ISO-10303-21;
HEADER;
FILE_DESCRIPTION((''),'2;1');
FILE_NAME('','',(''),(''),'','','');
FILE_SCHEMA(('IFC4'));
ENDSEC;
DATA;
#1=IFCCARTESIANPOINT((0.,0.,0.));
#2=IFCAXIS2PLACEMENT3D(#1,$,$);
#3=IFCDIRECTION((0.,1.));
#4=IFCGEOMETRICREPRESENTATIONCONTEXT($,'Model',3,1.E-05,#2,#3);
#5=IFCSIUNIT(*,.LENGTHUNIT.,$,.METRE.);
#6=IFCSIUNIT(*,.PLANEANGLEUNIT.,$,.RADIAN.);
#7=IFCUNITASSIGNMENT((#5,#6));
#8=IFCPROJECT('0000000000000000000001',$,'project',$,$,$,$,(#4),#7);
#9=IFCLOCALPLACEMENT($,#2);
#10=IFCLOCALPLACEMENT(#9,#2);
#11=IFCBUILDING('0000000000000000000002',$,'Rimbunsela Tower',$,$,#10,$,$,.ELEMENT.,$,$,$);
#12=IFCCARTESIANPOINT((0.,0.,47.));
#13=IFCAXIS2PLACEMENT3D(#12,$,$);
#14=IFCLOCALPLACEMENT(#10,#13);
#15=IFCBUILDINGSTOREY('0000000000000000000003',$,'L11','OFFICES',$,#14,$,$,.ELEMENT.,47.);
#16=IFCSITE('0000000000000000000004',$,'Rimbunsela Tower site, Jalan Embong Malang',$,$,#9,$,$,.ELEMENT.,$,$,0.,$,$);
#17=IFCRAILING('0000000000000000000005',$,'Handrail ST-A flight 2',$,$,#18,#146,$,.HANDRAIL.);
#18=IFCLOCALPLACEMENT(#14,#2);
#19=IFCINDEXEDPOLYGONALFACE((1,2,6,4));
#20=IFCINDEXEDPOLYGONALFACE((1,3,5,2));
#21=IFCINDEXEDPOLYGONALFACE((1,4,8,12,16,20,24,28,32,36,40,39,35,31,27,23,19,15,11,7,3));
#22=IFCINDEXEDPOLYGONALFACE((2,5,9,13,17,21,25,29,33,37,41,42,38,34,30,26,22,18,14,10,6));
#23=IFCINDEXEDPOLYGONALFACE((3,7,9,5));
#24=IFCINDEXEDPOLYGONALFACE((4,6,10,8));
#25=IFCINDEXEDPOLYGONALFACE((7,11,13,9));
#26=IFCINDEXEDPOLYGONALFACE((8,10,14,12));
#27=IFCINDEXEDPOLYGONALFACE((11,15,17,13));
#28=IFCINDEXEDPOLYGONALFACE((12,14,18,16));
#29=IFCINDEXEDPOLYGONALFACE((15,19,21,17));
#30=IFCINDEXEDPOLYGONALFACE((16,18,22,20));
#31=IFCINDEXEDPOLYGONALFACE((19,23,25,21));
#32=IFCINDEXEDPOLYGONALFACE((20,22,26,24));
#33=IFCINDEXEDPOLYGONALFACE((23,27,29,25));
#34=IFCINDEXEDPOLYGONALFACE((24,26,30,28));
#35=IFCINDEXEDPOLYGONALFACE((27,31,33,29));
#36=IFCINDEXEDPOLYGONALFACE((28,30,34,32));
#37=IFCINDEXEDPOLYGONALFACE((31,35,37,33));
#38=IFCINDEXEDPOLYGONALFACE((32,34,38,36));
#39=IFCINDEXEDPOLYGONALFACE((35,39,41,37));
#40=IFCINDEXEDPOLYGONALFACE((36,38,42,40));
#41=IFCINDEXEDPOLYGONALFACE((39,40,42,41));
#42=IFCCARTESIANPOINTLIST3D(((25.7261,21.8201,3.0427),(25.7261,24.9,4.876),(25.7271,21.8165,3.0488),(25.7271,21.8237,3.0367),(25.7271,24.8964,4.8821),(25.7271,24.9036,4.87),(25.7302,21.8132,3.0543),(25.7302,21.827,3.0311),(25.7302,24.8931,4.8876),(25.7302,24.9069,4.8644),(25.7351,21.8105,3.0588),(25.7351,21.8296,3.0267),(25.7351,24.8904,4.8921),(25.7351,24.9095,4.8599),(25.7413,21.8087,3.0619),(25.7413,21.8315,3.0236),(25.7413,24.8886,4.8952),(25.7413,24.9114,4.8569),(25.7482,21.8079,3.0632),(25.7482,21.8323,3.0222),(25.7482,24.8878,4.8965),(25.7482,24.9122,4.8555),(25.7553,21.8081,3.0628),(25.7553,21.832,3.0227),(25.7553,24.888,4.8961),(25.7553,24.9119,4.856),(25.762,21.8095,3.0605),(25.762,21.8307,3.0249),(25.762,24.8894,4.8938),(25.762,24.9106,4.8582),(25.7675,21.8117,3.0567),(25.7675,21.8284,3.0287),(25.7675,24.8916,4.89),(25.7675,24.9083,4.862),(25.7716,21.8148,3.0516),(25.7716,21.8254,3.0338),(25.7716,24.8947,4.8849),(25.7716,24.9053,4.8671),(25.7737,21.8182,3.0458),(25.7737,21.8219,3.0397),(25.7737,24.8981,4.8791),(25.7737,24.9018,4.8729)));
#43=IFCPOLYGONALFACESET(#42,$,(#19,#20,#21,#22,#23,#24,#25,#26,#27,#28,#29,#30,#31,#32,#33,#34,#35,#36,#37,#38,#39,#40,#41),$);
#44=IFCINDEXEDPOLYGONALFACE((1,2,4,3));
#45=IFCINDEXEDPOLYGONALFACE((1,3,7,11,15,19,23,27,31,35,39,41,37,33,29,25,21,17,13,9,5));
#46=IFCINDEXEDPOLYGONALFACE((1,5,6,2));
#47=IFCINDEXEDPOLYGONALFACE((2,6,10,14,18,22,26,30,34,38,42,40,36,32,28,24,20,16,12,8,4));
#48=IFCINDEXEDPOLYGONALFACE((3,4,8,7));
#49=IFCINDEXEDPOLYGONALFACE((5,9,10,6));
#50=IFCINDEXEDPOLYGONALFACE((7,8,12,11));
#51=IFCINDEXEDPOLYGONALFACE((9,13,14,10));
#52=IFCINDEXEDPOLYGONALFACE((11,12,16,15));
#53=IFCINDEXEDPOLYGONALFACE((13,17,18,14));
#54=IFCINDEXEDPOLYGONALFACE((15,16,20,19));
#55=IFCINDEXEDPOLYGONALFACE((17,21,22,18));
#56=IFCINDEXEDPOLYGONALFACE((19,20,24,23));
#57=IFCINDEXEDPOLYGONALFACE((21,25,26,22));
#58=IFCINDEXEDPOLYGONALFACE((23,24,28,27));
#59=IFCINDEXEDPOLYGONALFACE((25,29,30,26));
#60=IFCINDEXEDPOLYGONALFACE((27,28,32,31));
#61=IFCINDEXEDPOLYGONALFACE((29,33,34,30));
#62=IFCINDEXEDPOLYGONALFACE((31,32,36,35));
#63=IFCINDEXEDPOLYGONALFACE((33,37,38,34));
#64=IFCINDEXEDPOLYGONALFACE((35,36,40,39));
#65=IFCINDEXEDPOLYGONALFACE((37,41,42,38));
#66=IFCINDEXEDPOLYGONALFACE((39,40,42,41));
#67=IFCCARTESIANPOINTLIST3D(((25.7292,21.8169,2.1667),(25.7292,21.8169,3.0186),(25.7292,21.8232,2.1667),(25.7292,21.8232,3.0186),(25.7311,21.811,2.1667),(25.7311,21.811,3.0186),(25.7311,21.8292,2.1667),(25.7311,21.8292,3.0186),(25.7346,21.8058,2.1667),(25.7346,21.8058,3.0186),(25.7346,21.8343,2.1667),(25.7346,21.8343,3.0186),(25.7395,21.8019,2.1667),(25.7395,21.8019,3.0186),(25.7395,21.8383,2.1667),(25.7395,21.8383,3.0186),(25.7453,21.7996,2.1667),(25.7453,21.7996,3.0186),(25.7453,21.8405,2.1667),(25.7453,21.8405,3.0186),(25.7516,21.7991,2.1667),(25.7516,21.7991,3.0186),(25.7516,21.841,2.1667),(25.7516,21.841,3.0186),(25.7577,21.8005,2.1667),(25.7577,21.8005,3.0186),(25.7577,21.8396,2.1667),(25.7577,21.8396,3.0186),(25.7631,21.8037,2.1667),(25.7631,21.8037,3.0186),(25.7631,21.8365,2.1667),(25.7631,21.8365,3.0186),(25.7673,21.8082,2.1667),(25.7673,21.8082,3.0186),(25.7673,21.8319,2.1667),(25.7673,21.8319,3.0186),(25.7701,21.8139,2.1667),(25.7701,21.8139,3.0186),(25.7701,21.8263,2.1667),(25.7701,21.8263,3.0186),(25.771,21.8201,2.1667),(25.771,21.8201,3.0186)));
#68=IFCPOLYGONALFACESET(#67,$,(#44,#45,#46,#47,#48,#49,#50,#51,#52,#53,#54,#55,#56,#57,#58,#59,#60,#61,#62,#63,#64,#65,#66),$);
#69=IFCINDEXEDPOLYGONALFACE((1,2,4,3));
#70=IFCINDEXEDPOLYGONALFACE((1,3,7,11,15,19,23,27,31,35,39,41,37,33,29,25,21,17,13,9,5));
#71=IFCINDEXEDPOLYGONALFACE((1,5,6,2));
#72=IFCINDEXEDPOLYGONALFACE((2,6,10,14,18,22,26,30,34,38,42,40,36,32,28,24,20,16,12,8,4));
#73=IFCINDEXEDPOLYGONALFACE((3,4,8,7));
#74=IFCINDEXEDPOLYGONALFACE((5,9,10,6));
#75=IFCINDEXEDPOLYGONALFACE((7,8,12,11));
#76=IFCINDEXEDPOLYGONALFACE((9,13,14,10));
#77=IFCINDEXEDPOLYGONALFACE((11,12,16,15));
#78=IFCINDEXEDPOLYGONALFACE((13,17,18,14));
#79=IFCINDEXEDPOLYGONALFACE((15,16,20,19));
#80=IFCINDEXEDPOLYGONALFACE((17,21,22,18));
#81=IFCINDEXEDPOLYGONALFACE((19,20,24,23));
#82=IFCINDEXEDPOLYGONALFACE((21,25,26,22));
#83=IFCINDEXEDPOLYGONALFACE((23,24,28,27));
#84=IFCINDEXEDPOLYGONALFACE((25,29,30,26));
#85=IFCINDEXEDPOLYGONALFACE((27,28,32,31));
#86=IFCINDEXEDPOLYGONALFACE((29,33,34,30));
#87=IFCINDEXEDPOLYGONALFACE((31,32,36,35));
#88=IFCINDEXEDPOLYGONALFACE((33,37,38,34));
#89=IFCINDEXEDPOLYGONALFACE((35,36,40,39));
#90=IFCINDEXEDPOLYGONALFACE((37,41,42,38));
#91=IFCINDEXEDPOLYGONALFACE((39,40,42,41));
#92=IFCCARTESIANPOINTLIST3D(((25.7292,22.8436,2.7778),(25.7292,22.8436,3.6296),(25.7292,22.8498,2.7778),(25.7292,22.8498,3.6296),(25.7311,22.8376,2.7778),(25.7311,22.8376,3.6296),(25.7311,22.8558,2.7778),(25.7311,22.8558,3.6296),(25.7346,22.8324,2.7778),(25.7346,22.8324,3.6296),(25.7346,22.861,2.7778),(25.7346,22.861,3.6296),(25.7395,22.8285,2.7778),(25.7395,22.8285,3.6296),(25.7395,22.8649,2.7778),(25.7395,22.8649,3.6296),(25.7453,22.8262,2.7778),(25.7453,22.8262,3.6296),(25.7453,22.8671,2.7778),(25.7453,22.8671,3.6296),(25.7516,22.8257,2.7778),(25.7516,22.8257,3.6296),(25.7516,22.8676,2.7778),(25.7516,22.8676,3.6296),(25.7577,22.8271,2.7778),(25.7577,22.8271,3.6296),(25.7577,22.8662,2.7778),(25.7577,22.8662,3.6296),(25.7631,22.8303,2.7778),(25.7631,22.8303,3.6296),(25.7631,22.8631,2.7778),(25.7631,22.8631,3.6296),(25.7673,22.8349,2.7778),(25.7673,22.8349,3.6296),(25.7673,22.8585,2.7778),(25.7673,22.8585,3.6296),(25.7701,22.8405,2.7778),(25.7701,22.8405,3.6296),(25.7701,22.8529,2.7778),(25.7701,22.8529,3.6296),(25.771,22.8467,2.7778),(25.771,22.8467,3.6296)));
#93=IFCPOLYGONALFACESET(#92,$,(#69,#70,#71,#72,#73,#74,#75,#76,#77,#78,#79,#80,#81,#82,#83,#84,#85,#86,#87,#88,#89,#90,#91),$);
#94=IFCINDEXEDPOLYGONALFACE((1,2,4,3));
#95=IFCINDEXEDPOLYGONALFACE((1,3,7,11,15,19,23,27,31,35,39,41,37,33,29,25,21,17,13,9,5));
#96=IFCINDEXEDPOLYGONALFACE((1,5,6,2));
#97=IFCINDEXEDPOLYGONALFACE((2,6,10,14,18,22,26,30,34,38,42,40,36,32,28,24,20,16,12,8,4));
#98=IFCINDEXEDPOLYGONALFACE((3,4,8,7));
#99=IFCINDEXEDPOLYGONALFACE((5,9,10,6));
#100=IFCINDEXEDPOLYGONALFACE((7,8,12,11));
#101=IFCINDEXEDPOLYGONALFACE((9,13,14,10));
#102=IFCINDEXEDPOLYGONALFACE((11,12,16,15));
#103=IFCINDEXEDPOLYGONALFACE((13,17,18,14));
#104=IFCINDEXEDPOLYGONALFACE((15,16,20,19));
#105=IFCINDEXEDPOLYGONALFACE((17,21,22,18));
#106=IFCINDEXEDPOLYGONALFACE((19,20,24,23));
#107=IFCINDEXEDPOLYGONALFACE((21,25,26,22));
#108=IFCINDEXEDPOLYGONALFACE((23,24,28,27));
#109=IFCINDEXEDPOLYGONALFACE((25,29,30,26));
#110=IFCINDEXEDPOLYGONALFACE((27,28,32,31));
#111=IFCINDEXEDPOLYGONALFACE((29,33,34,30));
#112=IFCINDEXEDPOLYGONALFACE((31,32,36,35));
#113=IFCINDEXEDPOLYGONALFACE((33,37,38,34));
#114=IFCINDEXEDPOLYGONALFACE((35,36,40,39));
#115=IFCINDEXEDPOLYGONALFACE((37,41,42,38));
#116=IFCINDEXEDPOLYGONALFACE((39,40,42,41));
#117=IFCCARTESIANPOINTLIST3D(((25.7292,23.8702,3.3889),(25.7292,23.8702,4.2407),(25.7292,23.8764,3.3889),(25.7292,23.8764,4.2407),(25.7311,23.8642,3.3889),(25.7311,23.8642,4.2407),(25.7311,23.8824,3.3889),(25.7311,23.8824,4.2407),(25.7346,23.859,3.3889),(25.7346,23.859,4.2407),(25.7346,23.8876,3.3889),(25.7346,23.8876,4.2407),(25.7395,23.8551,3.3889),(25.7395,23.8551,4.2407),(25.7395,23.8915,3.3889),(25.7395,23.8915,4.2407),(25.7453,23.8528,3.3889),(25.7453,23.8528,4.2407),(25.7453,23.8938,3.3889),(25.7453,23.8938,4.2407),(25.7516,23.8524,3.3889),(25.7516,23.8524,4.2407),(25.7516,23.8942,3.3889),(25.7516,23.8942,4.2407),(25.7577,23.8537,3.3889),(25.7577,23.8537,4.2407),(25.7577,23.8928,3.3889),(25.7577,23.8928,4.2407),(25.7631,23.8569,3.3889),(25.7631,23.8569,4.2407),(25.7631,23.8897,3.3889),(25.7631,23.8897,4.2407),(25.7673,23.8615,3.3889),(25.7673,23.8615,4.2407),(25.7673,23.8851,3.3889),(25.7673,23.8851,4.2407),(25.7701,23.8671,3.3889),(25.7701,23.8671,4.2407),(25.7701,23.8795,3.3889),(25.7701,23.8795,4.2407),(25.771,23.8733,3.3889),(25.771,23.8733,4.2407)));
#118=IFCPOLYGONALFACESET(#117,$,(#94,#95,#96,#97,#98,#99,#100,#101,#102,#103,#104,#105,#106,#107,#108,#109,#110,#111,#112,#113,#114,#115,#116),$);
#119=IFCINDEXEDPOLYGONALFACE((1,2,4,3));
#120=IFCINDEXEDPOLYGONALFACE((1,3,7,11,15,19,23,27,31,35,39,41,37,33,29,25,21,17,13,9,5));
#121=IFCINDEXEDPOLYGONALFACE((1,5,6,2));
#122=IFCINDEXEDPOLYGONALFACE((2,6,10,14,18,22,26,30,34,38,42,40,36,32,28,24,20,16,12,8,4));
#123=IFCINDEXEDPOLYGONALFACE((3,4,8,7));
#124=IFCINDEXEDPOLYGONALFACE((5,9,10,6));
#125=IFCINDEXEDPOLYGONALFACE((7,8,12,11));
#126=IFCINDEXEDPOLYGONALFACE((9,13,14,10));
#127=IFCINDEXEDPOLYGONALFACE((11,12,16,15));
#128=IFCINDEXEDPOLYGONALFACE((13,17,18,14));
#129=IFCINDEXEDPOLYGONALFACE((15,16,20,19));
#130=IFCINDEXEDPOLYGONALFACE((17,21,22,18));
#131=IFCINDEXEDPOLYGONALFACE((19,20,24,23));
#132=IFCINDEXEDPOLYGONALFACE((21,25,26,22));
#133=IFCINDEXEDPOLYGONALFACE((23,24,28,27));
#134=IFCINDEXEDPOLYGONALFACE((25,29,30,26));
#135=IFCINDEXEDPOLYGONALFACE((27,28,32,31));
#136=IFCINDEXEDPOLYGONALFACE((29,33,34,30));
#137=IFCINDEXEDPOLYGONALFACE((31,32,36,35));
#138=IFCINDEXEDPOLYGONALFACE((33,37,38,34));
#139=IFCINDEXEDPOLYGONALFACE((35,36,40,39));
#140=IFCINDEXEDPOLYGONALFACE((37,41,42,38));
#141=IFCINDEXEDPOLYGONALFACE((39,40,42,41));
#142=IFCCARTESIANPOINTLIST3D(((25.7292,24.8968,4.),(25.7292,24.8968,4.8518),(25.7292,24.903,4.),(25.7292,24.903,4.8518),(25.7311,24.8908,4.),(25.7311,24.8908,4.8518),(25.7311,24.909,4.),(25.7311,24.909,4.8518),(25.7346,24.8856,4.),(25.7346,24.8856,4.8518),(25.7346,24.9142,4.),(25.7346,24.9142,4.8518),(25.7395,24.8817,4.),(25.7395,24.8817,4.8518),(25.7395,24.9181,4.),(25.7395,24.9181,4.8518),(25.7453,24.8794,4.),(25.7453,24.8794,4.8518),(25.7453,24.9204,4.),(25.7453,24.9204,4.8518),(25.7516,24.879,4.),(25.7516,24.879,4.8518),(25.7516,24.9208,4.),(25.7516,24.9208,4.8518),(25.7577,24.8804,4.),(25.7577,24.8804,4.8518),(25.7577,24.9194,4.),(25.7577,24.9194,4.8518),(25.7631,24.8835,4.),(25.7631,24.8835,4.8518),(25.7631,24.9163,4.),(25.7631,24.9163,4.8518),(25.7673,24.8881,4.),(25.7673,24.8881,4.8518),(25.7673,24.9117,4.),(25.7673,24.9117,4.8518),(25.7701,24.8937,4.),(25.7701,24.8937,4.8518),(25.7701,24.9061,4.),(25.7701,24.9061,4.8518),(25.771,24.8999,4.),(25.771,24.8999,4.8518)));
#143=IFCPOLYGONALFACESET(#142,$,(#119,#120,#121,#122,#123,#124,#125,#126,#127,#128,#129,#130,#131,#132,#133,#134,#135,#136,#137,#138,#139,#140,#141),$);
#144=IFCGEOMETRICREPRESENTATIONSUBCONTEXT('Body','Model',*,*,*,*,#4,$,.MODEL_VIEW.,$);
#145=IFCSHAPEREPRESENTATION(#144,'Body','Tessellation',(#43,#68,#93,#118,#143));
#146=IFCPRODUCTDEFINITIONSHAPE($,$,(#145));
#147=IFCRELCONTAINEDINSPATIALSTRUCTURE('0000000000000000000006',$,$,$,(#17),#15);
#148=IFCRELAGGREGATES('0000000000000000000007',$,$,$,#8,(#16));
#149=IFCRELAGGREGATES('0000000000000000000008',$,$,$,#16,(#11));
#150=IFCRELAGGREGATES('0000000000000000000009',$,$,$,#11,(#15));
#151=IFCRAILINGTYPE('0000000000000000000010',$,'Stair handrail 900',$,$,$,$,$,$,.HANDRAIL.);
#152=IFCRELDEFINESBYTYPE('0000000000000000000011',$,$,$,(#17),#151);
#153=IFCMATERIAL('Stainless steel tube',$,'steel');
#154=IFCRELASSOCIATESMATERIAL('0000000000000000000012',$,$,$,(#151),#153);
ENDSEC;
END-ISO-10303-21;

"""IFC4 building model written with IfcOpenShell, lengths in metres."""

from ifc_helpers import new_model, si_unit, direction, frame, origin, origin_2d, place, context, subcontext, project, spatial, circle, extrude, material, type_object, element, save


model = new_model("IFC4")

# Units and contexts
model_context = context("Model", 3, precision=1e-05, world=origin(), true_north=direction((0.0, 1.0)))
body_context = subcontext(model_context, "Body", "Model", "MODEL_VIEW")
ifc_project = project(units=[si_unit("LENGTHUNIT", "METRE"), si_unit("PLANEANGLEUNIT", "RADIAN")], contexts=[model_context])

# Site, building, storey
site_placement = place(None, origin())
site = spatial("IfcSite", under=ifc_project, at=site_placement, Name="Rimbunsela Tower site, Jalan Embong Malang", CompositionType="ELEMENT", RefElevation=0.0)
building_placement = place(site_placement, origin())
building = spatial("IfcBuilding", under=site, at=building_placement, Name="Rimbunsela Tower", CompositionType="ELEMENT")
storey_placement = place(building_placement, frame((0.0, 0.0, 47.0)))
storey = spatial("IfcBuildingStorey", under=building, at=storey_placement, Name="L11", Description="OFFICES", CompositionType="ELEMENT", Elevation=47.0)

# Railing
ifc_material_1 = material(Name="Stainless steel tube", Category="steel")
railing_type = type_object("IfcRailingType", Name="Stair handrail 900", PredefinedType="HANDRAIL", material=ifc_material_1)
for number, where, name in (
    (1, (25.75, 21.8201, 2.1667), "Handrail ST-A flight 2"),
):
    element("IfcRailing", number, at=place(storey_placement, frame(where)), inside=storey, type_object=railing_type, Name=name, PredefinedType="HANDRAIL", context=body_context, shape_type="SweptSolid", body=[
        extrude(circle(Radius=0.0239, at=origin_2d()), frame((0.0, 0.0, 0.876), z_axis=(0.0, 0.859291, 0.511487), x_axis=(-1.0, 0.0, 0.0)), (0.0, 0.0, 1.0), 3.5842),
        extrude(circle(Radius=0.021, at=origin_2d()), origin(), (0.0, 0.0, 1.0), 0.8518),
        extrude(circle(Radius=0.021, at=origin_2d()), frame((0.0, 1.0266, 0.6111)), (0.0, 0.0, 1.0), 0.8518),
        extrude(circle(Radius=0.021, at=origin_2d()), frame((0.0, 2.0532, 1.2222)), (0.0, 0.0, 1.0), 0.8518),
        extrude(circle(Radius=0.021, at=origin_2d()), frame((0.0, 3.0798, 1.8333)), (0.0, 0.0, 1.0), 0.8518),
    ])

save(model, "model.ifc")
